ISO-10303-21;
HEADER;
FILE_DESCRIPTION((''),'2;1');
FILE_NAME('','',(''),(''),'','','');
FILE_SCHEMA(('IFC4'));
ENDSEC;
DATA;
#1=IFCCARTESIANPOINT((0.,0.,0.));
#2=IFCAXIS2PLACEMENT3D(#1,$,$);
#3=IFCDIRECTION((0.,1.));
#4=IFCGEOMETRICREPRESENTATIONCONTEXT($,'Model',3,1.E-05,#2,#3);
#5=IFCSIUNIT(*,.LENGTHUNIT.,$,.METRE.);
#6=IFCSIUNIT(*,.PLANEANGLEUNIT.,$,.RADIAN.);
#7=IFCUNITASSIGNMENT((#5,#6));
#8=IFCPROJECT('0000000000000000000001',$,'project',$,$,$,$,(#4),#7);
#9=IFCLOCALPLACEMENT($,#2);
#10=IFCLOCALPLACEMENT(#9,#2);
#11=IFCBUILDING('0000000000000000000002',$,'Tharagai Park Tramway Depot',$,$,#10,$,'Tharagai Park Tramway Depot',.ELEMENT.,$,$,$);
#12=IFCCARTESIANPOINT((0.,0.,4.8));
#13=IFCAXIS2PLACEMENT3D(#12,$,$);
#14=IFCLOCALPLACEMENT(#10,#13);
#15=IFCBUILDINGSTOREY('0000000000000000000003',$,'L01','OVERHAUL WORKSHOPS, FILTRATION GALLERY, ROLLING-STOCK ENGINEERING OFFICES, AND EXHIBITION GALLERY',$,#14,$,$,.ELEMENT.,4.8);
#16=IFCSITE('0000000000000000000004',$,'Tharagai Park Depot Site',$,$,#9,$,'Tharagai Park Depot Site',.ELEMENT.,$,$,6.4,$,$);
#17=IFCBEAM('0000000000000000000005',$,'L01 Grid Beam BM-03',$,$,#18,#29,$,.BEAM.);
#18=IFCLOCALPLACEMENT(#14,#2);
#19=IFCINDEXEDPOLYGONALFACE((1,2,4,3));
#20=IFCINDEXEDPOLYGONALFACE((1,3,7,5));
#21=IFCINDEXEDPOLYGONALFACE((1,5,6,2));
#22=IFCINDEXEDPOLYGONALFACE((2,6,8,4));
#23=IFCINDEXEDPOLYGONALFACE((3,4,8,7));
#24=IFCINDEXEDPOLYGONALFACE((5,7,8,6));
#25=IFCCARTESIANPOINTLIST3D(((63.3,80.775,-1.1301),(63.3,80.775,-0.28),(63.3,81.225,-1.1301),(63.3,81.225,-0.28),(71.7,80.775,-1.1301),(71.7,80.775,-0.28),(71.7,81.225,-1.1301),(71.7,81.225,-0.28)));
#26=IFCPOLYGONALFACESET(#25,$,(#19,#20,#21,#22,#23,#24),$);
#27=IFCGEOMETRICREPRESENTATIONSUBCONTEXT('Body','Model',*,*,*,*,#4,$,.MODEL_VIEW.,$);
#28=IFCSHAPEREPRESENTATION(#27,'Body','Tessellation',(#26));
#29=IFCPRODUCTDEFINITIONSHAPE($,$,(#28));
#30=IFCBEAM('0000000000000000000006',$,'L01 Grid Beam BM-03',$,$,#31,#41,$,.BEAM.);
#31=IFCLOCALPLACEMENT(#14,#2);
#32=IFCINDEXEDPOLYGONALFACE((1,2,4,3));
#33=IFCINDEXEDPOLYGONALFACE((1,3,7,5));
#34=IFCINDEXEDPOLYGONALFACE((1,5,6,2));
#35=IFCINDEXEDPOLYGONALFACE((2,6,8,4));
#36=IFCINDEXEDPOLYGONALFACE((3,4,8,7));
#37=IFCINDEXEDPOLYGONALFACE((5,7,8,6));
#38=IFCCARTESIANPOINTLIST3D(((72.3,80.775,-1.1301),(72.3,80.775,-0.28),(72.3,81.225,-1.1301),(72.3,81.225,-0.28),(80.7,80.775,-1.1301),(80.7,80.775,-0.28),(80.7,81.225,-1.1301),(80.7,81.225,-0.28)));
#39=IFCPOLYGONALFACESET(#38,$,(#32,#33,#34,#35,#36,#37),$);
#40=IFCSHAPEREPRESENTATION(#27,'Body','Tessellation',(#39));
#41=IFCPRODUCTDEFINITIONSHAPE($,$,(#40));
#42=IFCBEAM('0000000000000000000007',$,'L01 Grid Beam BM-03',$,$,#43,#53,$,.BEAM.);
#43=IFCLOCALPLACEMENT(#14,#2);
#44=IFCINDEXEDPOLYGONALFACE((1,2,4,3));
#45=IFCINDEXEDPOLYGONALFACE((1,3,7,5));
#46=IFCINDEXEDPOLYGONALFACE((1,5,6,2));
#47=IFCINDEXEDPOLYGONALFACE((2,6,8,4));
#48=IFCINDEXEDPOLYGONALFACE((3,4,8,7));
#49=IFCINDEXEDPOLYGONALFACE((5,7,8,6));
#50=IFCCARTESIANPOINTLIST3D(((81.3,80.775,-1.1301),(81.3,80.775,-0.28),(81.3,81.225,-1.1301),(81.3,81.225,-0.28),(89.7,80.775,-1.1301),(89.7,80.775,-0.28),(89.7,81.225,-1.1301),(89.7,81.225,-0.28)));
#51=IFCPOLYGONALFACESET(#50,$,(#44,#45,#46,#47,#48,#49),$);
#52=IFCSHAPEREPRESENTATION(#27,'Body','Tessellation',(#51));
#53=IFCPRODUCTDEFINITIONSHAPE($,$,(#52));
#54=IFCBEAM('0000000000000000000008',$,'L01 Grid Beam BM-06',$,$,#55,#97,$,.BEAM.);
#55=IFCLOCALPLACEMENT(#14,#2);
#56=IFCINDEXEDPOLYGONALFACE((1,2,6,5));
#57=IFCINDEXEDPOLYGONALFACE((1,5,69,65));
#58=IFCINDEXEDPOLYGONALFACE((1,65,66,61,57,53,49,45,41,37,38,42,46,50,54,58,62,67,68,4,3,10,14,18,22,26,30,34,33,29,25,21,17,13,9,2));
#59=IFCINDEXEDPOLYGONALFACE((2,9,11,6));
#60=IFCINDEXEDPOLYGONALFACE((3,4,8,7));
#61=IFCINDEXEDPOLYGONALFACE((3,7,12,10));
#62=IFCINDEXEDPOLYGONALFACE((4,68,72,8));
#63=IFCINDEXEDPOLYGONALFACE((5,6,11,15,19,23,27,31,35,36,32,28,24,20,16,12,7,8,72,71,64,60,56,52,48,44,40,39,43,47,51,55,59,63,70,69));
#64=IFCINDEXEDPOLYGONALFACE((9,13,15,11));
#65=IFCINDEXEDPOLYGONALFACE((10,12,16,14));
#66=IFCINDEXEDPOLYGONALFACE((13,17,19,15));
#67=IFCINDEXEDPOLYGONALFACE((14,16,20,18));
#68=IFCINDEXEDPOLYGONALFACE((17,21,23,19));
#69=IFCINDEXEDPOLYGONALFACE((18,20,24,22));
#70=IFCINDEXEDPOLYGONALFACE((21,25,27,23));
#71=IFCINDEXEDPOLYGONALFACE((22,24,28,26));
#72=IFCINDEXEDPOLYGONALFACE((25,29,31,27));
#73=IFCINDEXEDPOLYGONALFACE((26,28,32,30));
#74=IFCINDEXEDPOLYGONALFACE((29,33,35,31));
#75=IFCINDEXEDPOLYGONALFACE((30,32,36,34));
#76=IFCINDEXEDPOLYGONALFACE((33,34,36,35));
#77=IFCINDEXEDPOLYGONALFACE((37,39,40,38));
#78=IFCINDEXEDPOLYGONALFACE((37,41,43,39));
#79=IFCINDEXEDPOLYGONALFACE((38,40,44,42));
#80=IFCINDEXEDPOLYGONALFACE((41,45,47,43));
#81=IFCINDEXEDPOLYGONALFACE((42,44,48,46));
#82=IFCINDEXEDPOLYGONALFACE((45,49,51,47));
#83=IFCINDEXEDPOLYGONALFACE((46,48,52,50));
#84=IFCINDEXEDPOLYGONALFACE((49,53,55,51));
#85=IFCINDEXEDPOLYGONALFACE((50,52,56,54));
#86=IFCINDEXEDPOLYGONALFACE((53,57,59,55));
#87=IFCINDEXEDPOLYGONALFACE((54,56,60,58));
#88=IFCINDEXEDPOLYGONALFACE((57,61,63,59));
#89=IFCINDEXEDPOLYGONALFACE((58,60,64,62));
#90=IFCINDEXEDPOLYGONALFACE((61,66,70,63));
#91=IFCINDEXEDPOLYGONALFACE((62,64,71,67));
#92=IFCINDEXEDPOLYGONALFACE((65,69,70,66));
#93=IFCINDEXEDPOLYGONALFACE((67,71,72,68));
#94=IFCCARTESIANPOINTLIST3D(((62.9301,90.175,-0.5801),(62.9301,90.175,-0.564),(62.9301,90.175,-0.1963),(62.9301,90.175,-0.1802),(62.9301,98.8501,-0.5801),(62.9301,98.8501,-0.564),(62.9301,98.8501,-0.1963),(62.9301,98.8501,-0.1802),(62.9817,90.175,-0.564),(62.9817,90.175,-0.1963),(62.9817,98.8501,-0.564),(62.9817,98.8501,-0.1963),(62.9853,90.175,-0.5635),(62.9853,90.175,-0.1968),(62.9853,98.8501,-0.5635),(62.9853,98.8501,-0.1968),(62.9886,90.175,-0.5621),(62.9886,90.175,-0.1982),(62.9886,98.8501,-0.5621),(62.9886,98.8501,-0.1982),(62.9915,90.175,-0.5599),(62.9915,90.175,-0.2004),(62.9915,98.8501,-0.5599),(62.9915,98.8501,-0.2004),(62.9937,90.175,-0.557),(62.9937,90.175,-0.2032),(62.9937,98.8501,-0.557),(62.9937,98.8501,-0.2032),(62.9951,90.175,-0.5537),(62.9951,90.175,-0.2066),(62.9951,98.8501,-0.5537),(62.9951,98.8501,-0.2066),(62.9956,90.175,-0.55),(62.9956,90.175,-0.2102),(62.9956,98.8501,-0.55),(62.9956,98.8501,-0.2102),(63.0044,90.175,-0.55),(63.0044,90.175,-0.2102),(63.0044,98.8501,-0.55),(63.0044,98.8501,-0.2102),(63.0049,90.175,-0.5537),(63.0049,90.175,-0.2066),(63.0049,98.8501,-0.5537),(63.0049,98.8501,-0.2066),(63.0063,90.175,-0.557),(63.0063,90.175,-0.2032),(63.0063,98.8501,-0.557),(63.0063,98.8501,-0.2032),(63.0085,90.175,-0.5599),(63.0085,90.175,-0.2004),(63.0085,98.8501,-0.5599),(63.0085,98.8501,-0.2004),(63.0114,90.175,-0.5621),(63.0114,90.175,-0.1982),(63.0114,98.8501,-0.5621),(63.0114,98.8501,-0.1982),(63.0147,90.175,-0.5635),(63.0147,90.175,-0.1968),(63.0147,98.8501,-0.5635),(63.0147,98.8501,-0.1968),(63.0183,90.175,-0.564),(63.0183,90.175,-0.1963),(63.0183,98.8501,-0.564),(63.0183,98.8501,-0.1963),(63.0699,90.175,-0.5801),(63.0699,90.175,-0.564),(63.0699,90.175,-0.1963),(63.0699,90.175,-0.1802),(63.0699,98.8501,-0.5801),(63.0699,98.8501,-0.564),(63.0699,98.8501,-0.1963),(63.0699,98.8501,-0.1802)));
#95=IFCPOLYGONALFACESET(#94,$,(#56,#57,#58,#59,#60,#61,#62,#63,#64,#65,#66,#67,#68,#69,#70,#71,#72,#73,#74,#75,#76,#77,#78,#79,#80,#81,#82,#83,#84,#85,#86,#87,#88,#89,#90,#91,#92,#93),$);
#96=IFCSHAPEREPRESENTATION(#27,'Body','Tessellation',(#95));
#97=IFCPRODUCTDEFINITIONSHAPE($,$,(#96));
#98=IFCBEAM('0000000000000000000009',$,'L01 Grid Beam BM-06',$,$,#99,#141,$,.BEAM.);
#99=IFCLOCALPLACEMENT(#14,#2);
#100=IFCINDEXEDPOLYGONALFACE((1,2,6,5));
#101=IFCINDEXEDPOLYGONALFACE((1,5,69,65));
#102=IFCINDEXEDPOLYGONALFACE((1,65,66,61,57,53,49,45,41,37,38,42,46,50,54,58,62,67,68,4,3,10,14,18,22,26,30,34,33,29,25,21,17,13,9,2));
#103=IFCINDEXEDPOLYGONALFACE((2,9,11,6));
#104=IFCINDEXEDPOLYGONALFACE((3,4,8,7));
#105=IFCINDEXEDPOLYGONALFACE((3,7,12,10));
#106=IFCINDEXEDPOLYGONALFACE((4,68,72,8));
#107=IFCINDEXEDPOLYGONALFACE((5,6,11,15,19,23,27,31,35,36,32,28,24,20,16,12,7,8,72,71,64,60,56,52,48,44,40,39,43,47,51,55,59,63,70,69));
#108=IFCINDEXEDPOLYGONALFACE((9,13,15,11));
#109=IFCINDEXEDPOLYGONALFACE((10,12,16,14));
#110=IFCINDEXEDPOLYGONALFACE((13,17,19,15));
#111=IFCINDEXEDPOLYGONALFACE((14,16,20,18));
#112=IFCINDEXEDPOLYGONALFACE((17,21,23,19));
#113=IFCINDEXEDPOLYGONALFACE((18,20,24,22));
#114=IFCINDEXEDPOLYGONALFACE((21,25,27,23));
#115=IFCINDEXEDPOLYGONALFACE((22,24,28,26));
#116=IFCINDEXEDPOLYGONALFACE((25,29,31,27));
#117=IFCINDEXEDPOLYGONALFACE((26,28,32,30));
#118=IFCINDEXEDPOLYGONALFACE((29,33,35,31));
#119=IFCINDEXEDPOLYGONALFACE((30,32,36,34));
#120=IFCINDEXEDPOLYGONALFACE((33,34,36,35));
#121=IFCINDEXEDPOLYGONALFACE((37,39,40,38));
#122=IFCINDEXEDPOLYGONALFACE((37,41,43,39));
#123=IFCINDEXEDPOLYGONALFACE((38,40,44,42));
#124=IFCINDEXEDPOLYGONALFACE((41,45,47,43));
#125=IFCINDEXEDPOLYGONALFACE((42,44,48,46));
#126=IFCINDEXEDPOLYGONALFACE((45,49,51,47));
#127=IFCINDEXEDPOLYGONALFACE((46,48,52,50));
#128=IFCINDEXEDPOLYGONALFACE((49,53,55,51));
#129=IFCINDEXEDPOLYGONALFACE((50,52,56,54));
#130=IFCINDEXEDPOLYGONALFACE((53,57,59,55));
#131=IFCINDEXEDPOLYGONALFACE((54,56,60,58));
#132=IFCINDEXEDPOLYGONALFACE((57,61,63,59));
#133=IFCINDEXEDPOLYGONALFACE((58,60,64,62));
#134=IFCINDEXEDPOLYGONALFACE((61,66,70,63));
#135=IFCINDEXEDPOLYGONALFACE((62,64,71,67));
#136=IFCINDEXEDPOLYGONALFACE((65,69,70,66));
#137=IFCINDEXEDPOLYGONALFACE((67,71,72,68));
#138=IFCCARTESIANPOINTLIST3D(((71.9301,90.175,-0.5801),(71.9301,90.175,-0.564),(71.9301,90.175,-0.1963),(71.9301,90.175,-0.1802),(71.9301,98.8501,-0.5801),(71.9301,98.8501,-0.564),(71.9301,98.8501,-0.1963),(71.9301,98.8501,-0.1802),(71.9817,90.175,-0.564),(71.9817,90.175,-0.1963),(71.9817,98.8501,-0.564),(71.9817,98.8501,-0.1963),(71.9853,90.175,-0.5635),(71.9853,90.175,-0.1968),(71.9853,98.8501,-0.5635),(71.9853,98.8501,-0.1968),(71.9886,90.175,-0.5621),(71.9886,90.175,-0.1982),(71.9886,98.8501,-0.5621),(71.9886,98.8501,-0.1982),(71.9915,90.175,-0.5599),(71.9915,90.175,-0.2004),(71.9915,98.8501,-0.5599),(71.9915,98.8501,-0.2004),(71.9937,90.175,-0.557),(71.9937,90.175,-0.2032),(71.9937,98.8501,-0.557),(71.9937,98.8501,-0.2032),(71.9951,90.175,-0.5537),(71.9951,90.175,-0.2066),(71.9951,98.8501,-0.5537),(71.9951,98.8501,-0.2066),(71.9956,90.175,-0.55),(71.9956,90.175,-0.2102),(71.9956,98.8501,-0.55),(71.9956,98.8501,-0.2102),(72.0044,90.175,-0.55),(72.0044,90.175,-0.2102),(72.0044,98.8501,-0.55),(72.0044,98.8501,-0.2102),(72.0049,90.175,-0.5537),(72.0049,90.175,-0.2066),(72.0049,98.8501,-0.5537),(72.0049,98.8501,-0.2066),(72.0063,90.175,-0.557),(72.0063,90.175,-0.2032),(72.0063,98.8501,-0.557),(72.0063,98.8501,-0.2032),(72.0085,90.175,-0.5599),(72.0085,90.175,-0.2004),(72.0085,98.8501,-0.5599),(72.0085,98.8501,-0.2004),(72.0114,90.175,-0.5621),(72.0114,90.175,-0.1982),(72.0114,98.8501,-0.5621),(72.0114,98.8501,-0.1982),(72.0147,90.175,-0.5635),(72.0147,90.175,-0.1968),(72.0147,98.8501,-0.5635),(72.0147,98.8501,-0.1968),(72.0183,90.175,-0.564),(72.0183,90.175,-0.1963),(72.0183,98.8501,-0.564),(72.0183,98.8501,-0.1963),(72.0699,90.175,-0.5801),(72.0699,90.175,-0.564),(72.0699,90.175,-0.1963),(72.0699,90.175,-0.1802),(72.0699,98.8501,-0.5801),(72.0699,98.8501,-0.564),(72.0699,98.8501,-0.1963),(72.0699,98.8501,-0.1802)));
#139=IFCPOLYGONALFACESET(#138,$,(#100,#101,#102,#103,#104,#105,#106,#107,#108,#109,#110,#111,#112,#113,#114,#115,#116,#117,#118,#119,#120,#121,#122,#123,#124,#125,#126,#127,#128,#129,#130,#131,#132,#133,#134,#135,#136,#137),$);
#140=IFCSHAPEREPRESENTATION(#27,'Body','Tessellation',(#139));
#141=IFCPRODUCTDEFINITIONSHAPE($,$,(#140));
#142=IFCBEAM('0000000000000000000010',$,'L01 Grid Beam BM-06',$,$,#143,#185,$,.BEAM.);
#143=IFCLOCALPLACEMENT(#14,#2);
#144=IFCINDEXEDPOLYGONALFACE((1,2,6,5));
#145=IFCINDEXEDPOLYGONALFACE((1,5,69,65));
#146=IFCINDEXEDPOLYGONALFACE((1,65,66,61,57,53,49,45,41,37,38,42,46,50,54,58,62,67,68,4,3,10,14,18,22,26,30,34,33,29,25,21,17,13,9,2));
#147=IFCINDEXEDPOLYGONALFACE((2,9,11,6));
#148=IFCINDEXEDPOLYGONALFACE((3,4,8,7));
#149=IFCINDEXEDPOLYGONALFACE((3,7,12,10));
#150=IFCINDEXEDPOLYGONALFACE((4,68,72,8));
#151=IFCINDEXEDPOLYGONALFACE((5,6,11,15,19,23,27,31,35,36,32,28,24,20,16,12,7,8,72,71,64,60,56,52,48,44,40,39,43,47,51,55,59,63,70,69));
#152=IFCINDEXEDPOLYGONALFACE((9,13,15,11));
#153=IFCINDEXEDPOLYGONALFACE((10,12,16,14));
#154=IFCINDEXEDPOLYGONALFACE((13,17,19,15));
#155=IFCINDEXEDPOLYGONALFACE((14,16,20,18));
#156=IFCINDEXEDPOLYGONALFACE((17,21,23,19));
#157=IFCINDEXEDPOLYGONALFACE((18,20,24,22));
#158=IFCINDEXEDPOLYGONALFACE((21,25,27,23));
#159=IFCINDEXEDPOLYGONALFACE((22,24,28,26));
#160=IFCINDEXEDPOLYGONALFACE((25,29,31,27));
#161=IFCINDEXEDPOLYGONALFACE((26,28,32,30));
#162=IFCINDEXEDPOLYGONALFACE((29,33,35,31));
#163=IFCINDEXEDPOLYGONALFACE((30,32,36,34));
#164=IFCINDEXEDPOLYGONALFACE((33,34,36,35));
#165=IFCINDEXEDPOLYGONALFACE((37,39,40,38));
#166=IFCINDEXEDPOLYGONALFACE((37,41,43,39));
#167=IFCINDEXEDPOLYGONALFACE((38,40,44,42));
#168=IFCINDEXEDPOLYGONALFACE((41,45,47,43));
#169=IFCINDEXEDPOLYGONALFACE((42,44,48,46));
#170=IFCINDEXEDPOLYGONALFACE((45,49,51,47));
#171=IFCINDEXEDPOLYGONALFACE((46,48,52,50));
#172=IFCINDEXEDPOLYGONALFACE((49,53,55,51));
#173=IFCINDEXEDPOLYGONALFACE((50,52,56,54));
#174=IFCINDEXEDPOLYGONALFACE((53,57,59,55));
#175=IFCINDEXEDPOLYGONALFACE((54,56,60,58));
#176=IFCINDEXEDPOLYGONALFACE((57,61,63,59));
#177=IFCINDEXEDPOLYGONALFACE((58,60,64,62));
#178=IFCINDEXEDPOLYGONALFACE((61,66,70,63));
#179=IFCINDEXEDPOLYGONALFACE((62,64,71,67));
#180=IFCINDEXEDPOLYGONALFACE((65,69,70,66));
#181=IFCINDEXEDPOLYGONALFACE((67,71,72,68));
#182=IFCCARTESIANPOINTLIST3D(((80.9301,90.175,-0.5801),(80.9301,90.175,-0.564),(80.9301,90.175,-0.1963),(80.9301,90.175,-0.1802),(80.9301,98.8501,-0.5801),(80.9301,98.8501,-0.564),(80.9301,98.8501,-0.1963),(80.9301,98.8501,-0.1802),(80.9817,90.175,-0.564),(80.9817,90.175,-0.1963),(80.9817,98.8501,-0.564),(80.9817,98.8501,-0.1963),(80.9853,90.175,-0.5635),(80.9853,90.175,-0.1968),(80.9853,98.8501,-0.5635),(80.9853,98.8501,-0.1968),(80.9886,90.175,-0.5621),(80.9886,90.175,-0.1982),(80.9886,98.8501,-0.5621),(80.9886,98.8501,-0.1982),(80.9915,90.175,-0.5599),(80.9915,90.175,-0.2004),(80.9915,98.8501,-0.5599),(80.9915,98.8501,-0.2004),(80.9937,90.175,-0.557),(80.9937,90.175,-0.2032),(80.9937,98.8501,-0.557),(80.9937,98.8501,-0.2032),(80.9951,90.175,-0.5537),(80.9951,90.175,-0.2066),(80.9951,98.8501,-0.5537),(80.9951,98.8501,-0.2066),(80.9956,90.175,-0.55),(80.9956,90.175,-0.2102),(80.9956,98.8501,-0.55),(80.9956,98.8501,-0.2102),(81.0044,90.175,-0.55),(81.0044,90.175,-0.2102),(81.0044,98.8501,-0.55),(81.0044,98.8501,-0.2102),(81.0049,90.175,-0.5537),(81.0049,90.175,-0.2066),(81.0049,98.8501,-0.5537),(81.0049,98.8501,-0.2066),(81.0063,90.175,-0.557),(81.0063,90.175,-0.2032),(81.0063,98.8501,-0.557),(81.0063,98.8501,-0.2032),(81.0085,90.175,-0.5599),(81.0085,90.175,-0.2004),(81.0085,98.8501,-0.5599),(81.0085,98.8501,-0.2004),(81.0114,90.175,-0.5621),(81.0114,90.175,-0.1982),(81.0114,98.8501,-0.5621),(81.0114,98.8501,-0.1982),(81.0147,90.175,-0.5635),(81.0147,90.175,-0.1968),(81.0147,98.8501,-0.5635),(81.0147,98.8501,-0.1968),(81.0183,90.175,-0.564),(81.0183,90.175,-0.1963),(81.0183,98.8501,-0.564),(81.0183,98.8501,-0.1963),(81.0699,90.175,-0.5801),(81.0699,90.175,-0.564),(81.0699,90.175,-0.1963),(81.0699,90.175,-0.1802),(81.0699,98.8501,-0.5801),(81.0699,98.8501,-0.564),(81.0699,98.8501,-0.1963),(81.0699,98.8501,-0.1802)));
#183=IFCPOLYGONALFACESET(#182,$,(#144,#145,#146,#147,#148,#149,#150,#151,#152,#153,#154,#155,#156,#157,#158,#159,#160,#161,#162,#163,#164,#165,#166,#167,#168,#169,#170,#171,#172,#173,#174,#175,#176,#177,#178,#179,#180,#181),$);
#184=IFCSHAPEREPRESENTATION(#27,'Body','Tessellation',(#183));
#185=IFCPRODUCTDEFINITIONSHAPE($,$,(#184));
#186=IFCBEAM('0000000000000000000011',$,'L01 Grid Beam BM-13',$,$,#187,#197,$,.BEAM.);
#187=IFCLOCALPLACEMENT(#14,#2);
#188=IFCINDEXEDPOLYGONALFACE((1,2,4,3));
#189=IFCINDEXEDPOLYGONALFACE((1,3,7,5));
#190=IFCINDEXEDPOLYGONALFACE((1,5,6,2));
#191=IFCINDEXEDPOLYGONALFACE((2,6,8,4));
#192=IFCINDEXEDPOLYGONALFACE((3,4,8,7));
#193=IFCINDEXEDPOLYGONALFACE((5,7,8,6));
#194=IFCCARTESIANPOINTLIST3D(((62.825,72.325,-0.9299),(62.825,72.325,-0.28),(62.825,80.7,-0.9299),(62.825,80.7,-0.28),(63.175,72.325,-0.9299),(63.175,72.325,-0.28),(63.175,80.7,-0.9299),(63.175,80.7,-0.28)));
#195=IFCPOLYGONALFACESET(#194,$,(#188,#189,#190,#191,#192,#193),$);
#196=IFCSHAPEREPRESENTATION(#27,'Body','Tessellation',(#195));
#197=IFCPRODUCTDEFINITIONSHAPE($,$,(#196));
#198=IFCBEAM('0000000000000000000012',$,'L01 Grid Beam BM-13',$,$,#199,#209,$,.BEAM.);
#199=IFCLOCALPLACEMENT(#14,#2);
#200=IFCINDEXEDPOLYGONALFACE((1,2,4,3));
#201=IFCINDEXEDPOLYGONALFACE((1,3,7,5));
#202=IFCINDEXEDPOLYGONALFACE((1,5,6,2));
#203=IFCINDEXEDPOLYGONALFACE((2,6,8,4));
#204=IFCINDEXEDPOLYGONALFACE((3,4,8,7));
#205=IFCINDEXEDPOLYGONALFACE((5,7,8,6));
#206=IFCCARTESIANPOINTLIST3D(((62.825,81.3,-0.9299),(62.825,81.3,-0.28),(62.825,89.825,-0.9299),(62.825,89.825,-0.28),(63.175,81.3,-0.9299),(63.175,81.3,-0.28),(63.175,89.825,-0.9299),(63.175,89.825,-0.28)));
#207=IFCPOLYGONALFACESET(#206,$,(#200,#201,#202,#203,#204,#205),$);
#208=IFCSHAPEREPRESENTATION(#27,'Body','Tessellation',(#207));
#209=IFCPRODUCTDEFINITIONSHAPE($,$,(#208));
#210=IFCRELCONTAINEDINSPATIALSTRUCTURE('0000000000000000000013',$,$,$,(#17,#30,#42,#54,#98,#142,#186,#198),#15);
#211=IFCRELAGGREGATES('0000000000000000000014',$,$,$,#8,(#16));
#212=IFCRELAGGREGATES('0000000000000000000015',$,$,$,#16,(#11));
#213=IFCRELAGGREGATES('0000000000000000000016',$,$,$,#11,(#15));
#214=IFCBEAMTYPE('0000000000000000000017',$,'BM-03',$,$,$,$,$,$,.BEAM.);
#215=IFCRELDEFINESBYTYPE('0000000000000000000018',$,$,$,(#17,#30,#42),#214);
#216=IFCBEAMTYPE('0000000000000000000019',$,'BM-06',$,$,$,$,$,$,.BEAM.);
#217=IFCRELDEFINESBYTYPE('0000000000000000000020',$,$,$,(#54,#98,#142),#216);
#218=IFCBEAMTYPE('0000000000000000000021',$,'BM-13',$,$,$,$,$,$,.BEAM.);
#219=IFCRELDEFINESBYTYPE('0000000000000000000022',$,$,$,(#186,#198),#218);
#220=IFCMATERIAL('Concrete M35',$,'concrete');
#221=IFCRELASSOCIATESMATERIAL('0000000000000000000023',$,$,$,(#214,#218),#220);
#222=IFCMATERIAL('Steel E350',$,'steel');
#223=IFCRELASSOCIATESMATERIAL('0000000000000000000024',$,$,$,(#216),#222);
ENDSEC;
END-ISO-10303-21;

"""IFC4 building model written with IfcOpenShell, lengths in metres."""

from ifc_helpers import new_model, si_unit, direction, frame, origin, origin_2d, place, context, subcontext, project, spatial, rectangle, i_section, extrude, material, material_profile, profile_set, type_object, element, save


model = new_model("IFC4")

# Units and contexts
model_context = context("Model", 3, precision=1e-05, world=origin(), true_north=direction((0.0, 1.0)))
body_context = subcontext(model_context, "Body", "Model", "MODEL_VIEW")
ifc_project = project(units=[si_unit("LENGTHUNIT", "METRE"), si_unit("PLANEANGLEUNIT", "RADIAN")], contexts=[model_context])

# Site, building, storey
site_placement = place(None, origin())
site = spatial("IfcSite", under=ifc_project, at=site_placement, Name="Tharagai Park Depot Site", LongName="Tharagai Park Depot Site", CompositionType="ELEMENT", RefElevation=6.4)
building_placement = place(site_placement, origin())
building = spatial("IfcBuilding", under=site, at=building_placement, Name="Tharagai Park Tramway Depot", LongName="Tharagai Park Tramway Depot", CompositionType="ELEMENT")
storey_placement = place(building_placement, frame((0.0, 0.0, 4.8)))
storey = spatial("IfcBuildingStorey", under=building, at=storey_placement, Name="L01", Description="OVERHAUL WORKSHOPS, FILTRATION GALLERY, ROLLING-STOCK ENGINEERING OFFICES, AND EXHIBITION GALLERY", CompositionType="ELEMENT", Elevation=4.8)

# Shared definitions
ifc_material_1 = material(Name="Steel E350", Category="steel")

# Beams
ifc_material_2 = material(Name="Concrete M35", Category="concrete")
ifc_material_profile_1 = material_profile(ifc_material_2, rectangle(XDim=0.45, YDim=0.8501, at=origin_2d()), Name="RC 450x850")
ifc_profile_set_1 = profile_set([ifc_material_profile_1], Name="Concrete M35")
beam_type_1 = type_object("IfcBeamType", Name="BM-03", PredefinedType="BEAM", material=ifc_profile_set_1)
for number, where, z_axis, x_axis, name in (
    (1, (63.3, 81.0, -0.7051), (1.0, 0.0, 0.0), (0.0, 1.0, 0.0), "L01 Grid Beam BM-03"),
    (2, (72.3, 81.0, -0.7051), (1.0, 0.0, 0.0), (0.0, 1.0, 0.0), "L01 Grid Beam BM-03"),
    (3, (81.3, 81.0, -0.7051), (1.0, 0.0, 0.0), (0.0, 1.0, 0.0), "L01 Grid Beam BM-03"),
):
    element("IfcBeam", number, at=place(storey_placement, frame(where, z_axis=z_axis, x_axis=x_axis)), inside=storey, type_object=beam_type_1, Name=name, PredefinedType="BEAM", context=body_context, shape_type="SweptSolid", body=[
        extrude(rectangle(XDim=0.45, YDim=0.8501, at=origin_2d()), origin(), (0.0, 0.0, 1.0), 8.3999),
    ])
ifc_material_profile_2 = material_profile(ifc_material_1, i_section(OverallWidth=0.1399, OverallDepth=0.3999, WebThickness=0.0088, FlangeThickness=0.0161, FilletRadius=0.0139, at=origin_2d()), Name="ISMB 400")
ifc_profile_set_2 = profile_set([ifc_material_profile_2], Name="Steel E350")
beam_type_2 = type_object("IfcBeamType", Name="BM-06", PredefinedType="BEAM", material=ifc_profile_set_2)
for number, where, z_axis, x_axis, name in (
    (4, (63.0, 90.175, -0.3801), (0.0, 1.0, 0.0), (-1.0, 0.0, 0.0), "L01 Grid Beam BM-06"),
    (5, (72.0, 90.175, -0.3801), (0.0, 1.0, 0.0), (-1.0, 0.0, 0.0), "L01 Grid Beam BM-06"),
    (6, (81.0, 90.175, -0.3801), (0.0, 1.0, 0.0), (-1.0, 0.0, 0.0), "L01 Grid Beam BM-06"),
):
    element("IfcBeam", number, at=place(storey_placement, frame(where, z_axis=z_axis, x_axis=x_axis)), inside=storey, type_object=beam_type_2, Name=name, PredefinedType="BEAM", context=body_context, shape_type="SweptSolid", body=[
        extrude(i_section(OverallWidth=0.1399, OverallDepth=0.3999, WebThickness=0.0088, FlangeThickness=0.0161, FilletRadius=0.0139, at=origin_2d()), origin(), (0.0, 0.0, 1.0), 8.675),
    ])
ifc_material_profile_3 = material_profile(ifc_material_2, rectangle(XDim=0.3501, YDim=0.6499, at=origin_2d()), Name="RC 350x650")
ifc_profile_set_3 = profile_set([ifc_material_profile_3], Name="Concrete M35")
beam_type_3 = type_object("IfcBeamType", Name="BM-13", PredefinedType="BEAM", material=ifc_profile_set_3)
beam_1_placement = place(storey_placement, frame((63.0, 72.325, -0.605), z_axis=(0.0, 1.0, 0.0), x_axis=(-1.0, 0.0, 0.0)))
element("IfcBeam", 7, at=beam_1_placement, inside=storey, type_object=beam_type_3, Name="L01 Grid Beam BM-13", PredefinedType="BEAM", context=body_context, shape_type="SweptSolid", body=[
    extrude(rectangle(XDim=0.3501, YDim=0.6499, at=origin_2d()), origin(), (0.0, 0.0, 1.0), 8.375),
])
beam_2_placement = place(storey_placement, frame((63.0, 81.3, -0.605), z_axis=(0.0, 1.0, 0.0), x_axis=(-1.0, 0.0, 0.0)))
element("IfcBeam", 8, at=beam_2_placement, inside=storey, type_object=beam_type_3, Name="L01 Grid Beam BM-13", PredefinedType="BEAM", context=body_context, shape_type="SweptSolid", body=[
    extrude(rectangle(XDim=0.3501, YDim=0.6499, at=origin_2d()), origin(), (0.0, 0.0, 1.0), 8.5249),
])

save(model, "model.ifc")
